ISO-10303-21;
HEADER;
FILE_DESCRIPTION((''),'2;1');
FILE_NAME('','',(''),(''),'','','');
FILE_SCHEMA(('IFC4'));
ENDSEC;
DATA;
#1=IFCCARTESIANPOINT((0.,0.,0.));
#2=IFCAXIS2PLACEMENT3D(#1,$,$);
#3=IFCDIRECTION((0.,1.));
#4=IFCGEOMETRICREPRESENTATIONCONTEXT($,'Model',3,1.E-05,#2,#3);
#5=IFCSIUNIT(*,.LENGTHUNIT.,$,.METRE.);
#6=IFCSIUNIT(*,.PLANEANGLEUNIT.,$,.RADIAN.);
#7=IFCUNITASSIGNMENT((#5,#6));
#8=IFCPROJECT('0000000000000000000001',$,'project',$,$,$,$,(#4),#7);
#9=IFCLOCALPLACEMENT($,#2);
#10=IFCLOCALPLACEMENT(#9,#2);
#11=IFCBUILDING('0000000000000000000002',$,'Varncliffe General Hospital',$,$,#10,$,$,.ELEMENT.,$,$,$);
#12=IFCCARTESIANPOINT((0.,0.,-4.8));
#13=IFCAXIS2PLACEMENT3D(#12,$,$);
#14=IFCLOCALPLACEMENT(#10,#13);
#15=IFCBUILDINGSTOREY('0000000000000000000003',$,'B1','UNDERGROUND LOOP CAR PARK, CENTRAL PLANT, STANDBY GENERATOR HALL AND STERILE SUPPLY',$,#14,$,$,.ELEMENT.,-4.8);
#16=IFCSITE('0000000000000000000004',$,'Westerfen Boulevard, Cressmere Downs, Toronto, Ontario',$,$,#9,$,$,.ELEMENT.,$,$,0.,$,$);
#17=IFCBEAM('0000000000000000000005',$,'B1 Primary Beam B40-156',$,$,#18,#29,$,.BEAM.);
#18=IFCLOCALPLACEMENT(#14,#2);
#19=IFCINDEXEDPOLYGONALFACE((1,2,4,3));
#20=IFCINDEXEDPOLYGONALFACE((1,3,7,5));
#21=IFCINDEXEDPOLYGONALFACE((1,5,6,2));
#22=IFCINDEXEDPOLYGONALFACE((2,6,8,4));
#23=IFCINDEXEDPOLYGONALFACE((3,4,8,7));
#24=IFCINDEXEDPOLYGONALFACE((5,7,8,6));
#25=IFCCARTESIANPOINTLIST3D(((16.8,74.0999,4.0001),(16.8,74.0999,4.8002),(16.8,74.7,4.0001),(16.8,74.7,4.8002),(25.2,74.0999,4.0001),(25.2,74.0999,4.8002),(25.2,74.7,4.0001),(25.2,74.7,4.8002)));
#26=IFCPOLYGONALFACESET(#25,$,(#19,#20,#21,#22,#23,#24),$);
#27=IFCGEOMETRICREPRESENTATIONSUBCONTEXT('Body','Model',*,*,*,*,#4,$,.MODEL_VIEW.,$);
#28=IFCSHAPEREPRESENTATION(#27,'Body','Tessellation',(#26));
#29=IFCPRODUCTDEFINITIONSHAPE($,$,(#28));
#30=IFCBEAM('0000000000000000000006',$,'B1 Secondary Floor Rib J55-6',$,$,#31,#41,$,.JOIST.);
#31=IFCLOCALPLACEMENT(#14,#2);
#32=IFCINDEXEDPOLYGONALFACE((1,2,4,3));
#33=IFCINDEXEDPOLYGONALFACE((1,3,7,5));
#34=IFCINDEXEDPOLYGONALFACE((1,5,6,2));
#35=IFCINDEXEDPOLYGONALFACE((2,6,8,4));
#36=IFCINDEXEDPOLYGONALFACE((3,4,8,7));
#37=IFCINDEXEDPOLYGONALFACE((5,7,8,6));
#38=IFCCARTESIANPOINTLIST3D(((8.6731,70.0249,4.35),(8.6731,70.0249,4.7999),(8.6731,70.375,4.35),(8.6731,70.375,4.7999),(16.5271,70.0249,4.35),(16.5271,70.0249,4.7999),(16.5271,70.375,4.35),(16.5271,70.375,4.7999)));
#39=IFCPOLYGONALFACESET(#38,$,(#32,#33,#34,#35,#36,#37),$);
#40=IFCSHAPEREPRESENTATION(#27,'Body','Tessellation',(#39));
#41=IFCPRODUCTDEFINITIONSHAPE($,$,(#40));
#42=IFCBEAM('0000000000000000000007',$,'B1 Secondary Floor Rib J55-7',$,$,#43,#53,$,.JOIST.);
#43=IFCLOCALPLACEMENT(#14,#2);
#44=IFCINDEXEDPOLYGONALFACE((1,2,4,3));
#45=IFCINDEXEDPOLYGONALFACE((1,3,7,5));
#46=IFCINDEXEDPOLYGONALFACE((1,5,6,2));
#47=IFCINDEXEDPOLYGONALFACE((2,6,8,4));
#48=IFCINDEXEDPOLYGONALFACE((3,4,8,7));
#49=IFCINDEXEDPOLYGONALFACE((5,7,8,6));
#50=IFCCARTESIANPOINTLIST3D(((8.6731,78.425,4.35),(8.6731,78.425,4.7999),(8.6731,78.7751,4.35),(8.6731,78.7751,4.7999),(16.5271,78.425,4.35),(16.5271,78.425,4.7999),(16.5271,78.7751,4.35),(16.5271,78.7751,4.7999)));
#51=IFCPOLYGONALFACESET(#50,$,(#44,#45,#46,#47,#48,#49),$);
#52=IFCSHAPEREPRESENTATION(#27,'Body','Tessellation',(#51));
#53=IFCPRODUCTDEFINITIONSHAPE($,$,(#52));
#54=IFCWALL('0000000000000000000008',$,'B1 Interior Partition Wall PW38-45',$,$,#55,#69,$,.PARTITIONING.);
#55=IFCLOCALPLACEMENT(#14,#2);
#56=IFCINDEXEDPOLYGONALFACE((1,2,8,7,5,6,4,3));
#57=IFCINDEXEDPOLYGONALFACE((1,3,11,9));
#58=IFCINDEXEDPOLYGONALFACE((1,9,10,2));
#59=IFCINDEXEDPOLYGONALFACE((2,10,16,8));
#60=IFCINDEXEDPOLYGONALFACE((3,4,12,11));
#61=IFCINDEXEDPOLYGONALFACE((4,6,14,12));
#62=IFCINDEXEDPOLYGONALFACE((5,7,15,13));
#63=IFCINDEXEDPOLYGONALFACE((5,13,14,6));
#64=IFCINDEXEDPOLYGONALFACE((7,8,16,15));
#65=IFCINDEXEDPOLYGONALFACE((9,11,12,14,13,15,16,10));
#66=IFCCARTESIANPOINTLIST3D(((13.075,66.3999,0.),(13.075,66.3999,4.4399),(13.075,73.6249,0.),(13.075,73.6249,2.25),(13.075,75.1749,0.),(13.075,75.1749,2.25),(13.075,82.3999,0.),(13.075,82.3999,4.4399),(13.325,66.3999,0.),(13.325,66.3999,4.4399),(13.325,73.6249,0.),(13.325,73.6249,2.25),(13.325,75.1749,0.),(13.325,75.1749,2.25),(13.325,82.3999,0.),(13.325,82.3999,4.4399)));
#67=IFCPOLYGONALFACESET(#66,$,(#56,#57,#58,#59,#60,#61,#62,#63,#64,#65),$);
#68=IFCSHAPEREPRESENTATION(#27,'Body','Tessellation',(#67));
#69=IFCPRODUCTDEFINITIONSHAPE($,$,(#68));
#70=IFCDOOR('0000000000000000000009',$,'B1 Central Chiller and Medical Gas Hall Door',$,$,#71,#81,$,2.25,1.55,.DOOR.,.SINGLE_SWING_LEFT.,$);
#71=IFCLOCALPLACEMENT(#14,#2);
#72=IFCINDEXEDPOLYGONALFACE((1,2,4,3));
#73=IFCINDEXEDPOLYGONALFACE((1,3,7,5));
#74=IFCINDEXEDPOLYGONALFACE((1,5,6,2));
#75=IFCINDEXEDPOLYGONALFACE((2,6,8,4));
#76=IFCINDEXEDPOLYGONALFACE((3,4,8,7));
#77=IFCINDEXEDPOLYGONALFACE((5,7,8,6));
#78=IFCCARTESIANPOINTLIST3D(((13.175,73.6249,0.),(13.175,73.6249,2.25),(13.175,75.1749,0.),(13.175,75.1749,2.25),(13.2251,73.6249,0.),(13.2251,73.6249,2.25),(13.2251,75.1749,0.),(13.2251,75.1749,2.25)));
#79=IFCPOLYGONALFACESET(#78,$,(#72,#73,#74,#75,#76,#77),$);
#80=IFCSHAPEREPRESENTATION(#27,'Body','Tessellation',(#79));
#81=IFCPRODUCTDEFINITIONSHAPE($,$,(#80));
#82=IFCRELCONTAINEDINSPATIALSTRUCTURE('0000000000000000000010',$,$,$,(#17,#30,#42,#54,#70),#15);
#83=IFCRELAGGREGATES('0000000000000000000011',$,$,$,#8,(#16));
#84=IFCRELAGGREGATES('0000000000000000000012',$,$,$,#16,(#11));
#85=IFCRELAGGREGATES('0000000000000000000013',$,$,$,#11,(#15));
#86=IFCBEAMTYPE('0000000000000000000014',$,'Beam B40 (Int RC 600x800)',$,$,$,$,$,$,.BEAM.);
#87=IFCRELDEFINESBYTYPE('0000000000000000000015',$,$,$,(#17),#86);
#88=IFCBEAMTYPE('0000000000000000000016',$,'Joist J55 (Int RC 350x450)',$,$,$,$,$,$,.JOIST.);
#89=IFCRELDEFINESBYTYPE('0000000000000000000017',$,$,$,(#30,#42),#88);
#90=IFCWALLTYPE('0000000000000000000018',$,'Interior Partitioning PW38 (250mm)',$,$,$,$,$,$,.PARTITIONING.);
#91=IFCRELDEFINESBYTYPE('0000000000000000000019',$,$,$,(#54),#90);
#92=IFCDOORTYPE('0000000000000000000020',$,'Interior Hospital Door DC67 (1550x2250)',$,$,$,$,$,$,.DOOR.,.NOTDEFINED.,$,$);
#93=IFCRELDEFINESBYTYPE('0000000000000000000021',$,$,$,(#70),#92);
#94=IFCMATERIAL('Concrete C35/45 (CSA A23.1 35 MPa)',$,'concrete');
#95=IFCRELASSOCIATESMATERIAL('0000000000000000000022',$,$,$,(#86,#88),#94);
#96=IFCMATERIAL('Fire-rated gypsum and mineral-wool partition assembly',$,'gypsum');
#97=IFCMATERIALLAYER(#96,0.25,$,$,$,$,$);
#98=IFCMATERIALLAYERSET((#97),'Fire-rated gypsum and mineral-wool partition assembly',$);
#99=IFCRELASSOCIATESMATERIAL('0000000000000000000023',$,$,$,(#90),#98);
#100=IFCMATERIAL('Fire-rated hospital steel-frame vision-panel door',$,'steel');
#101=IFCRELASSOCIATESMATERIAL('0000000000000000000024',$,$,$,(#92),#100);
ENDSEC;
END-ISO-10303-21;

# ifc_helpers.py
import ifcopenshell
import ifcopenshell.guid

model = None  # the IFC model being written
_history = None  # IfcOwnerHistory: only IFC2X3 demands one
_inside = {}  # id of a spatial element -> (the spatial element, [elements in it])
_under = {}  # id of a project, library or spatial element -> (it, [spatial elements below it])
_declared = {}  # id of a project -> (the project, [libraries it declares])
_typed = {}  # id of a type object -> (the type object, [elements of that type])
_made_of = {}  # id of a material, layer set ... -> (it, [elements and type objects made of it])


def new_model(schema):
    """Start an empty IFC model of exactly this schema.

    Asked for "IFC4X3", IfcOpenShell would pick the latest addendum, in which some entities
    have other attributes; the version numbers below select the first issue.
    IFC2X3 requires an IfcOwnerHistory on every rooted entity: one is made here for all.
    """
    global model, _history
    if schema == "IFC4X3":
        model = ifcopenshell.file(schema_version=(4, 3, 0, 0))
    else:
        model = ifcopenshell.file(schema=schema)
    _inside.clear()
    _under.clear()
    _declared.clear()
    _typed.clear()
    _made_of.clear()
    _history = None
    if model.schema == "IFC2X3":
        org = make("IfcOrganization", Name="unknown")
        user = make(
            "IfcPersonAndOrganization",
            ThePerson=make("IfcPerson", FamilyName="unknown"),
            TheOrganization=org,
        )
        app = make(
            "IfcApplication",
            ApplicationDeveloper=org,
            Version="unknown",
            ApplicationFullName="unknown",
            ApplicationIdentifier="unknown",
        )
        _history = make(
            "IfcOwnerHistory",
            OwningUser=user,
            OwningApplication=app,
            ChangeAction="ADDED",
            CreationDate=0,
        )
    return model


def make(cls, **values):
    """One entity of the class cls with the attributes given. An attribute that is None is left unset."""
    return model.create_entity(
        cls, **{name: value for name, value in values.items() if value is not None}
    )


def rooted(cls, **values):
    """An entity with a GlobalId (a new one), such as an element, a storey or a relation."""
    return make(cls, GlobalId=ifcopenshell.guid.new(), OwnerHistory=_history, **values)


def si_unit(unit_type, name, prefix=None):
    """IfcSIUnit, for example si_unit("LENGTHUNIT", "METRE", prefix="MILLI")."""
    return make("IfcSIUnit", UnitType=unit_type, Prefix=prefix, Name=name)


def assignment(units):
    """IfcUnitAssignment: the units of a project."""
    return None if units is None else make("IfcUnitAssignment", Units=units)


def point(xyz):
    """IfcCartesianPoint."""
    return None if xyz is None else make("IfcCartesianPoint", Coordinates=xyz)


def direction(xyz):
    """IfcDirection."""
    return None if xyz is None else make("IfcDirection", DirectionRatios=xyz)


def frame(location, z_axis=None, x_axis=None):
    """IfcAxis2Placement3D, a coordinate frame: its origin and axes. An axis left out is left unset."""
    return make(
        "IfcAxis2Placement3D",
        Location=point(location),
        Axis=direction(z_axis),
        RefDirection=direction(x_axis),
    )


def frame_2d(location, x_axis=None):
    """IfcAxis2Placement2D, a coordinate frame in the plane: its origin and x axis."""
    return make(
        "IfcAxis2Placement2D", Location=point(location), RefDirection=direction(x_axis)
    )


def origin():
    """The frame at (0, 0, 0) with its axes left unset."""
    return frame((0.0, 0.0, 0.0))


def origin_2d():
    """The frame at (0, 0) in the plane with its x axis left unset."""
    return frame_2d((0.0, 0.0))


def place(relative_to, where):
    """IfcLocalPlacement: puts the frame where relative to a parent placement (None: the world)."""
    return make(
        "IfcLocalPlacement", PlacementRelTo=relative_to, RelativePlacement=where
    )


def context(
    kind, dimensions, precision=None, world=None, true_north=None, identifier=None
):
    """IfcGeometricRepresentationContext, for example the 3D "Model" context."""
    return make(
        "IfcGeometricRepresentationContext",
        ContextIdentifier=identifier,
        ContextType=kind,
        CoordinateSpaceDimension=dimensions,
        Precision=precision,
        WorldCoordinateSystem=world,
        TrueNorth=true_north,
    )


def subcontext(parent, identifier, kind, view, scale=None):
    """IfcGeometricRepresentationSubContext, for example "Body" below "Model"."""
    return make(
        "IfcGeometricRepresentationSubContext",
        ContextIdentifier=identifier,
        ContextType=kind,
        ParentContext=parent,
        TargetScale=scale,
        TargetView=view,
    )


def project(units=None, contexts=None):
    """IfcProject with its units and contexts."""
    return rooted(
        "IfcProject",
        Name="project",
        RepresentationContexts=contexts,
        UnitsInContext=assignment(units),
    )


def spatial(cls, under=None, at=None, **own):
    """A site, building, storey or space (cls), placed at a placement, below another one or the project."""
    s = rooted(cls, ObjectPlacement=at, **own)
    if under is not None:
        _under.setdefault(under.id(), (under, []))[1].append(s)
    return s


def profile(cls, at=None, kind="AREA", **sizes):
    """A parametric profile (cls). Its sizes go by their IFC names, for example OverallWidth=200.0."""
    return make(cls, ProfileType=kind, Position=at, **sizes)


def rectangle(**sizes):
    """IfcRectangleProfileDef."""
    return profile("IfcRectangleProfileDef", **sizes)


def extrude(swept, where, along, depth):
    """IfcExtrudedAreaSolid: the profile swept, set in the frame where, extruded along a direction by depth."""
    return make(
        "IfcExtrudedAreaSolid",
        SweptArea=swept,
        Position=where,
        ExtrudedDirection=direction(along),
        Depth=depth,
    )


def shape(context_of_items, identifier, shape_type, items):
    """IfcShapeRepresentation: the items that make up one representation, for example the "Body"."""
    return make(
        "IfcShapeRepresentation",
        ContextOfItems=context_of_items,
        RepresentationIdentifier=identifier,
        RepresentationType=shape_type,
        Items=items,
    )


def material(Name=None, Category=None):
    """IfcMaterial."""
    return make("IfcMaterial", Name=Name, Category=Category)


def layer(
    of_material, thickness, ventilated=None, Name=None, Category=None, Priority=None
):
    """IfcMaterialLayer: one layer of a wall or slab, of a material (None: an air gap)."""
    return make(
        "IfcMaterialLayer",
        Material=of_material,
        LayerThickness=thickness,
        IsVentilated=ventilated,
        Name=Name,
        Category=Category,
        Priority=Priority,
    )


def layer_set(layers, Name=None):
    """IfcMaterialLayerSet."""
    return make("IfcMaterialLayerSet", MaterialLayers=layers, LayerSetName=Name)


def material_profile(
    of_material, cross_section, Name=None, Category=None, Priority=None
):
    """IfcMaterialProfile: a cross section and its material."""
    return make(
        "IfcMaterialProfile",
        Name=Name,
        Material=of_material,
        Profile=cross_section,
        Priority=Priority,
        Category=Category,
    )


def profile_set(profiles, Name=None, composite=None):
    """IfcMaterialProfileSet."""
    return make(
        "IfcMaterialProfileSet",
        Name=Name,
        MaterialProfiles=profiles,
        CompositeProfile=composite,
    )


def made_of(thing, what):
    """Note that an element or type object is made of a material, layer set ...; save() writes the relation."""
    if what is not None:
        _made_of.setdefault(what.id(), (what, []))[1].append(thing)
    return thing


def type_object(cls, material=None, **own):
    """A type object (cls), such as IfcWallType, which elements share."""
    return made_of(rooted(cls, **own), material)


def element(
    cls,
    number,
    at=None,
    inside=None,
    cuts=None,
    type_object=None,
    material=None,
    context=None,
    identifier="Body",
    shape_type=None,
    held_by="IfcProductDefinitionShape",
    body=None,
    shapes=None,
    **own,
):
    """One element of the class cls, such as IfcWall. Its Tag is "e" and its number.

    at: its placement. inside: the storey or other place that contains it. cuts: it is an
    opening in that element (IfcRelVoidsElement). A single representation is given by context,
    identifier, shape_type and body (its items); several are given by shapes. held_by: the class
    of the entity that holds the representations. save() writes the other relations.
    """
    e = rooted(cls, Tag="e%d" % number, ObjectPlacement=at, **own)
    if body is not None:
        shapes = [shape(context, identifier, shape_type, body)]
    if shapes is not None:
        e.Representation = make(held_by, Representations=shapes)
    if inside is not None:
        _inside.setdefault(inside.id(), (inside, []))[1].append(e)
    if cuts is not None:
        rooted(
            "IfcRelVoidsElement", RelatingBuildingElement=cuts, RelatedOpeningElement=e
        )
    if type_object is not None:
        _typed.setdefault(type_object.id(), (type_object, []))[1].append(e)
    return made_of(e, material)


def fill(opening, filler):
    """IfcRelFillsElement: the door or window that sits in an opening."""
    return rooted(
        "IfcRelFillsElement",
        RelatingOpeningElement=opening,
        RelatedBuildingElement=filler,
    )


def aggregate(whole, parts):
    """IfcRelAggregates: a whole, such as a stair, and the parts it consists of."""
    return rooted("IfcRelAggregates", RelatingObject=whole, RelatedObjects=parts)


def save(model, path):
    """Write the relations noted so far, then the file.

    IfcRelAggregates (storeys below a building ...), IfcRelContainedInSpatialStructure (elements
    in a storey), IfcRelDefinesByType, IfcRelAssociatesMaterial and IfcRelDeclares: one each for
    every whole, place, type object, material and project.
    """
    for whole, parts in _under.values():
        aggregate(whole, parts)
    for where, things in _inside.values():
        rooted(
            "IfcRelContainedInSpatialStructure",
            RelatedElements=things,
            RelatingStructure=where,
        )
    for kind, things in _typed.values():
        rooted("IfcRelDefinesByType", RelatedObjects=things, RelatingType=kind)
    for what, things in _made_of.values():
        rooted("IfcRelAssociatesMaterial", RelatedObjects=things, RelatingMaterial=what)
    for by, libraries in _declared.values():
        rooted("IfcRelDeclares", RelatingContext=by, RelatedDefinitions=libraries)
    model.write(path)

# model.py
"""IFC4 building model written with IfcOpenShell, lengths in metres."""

from ifc_helpers import new_model, si_unit, direction, frame, frame_2d, origin, origin_2d, place, context, subcontext, project, spatial, rectangle, extrude, material, layer, layer_set, material_profile, profile_set, type_object, element, fill, save


model = new_model("IFC4")

# Units and contexts
model_context = context("Model", 3, precision=1e-05, world=origin(), true_north=direction((0.0, 1.0)))
body_context = subcontext(model_context, "Body", "Model", "MODEL_VIEW")
ifc_project = project(units=[si_unit("LENGTHUNIT", "METRE"), si_unit("PLANEANGLEUNIT", "RADIAN")], contexts=[model_context])

# Site, building, storey
site_placement = place(None, origin())
site = spatial("IfcSite", under=ifc_project, at=site_placement, Name="Westerfen Boulevard, Cressmere Downs, Toronto, Ontario", CompositionType="ELEMENT", RefElevation=0.0)
building_placement = place(site_placement, origin())
building = spatial("IfcBuilding", under=site, at=building_placement, Name="Varncliffe General Hospital", CompositionType="ELEMENT")
storey_placement = place(building_placement, frame((0.0, 0.0, -4.8)))
storey = spatial("IfcBuildingStorey", under=building, at=storey_placement, Name="B1", Description="UNDERGROUND LOOP CAR PARK, CENTRAL PLANT, STANDBY GENERATOR HALL AND STERILE SUPPLY", CompositionType="ELEMENT", Elevation=-4.8)

# Beams
ifc_material_1 = material(Name="Concrete C35/45 (CSA A23.1 35 MPa)", Category="concrete")
ifc_material_profile_1 = material_profile(ifc_material_1, rectangle(XDim=0.6001, YDim=0.8, at=origin_2d()), Name="RC 600x800")
ifc_profile_set_1 = profile_set([ifc_material_profile_1], Name="Concrete C35/45 (CSA A23.1 35 MPa)")
beam_type_1 = type_object("IfcBeamType", Name="Beam B40 (Int RC 600x800)", PredefinedType="BEAM", material=ifc_profile_set_1)
beam_1_placement = place(storey_placement, frame((16.8, 74.3999, 4.4001), z_axis=(1.0, 0.0, 0.0), x_axis=(0.0, 1.0, 0.0)))
element("IfcBeam", 1, at=beam_1_placement, inside=storey, type_object=beam_type_1, Name="B1 Primary Beam B40-156", PredefinedType="BEAM", context=body_context, shape_type="SweptSolid", body=[
    extrude(rectangle(XDim=0.6001, YDim=0.8, at=origin_2d()), origin(), (0.0, 0.0, 1.0), 8.3999),
])
ifc_material_profile_2 = material_profile(ifc_material_1, rectangle(XDim=0.3501, YDim=0.45, at=origin_2d()), Name="RC 350x450")
ifc_profile_set_2 = profile_set([ifc_material_profile_2], Name="Concrete C35/45 (CSA A23.1 35 MPa)")
beam_type_2 = type_object("IfcBeamType", Name="Joist J55 (Int RC 350x450)", PredefinedType="JOIST", material=ifc_profile_set_2)
for number, where, z_axis, x_axis, name in (
    (2, (8.6731, 70.2, 4.575), (1.0, 0.0, 0.0), (0.0, 1.0, 0.0), "B1 Secondary Floor Rib J55-6"),
    (3, (8.6731, 78.6001, 4.575), (1.0, 0.0, 0.0), (0.0, 1.0, 0.0), "B1 Secondary Floor Rib J55-7"),
):
    element("IfcBeam", number, at=place(storey_placement, frame(where, z_axis=z_axis, x_axis=x_axis)), inside=storey, type_object=beam_type_2, Name=name, PredefinedType="JOIST", context=body_context, shape_type="SweptSolid", body=[
        extrude(rectangle(XDim=0.3501, YDim=0.45, at=origin_2d()), origin(), (0.0, 0.0, 1.0), 7.854),
    ])

# Wall, opening, door
ifc_material_2 = material(Name="Fire-rated gypsum and mineral-wool partition assembly", Category="gypsum")
ifc_layer = layer(ifc_material_2, 0.25)
ifc_layer_set = layer_set([ifc_layer], Name="Fire-rated gypsum and mineral-wool partition assembly")
wall_type = type_object("IfcWallType", Name="Interior Partitioning PW38 (250mm)", PredefinedType="PARTITIONING", material=ifc_layer_set)
wall_placement = place(storey_placement, frame((13.2, 66.3999, 0.0), z_axis=(0.0, 0.0, 1.0), x_axis=(0.0, 1.0, 0.0)))
wall = element("IfcWall", 4, at=wall_placement, inside=storey, type_object=wall_type, Name="B1 Interior Partition Wall PW38-45", PredefinedType="PARTITIONING", context=body_context, shape_type="SweptSolid", body=[
    extrude(rectangle(XDim=16.0, YDim=0.25, at=frame_2d((8.0, 0.0))), origin(), (0.0, 0.0, 1.0), 4.4399),
])
opening_placement = place(wall_placement, frame((7.2251, 0.0, 0.0)))
opening = element("IfcOpeningElement", 5, at=opening_placement, cuts=wall, PredefinedType="OPENING", context=body_context, shape_type="SweptSolid", body=[
    extrude(rectangle(XDim=1.55, YDim=2.25, at=frame_2d((0.7749, 1.125))), frame((0.0, 0.135, 0.0), z_axis=(0.0, -1.0, 0.0), x_axis=(1.0, 0.0, 0.0)), (0.0, 0.0, 1.0), 0.27),
])
ifc_material_3 = material(Name="Fire-rated hospital steel-frame vision-panel door", Category="steel")
door_type = type_object("IfcDoorType", Name="Interior Hospital Door DC67 (1550x2250)", OperationType="NOTDEFINED", PredefinedType="DOOR", material=ifc_material_3)
door_placement = place(opening_placement, origin())
door = element("IfcDoor", 6, at=door_placement, inside=storey, type_object=door_type, Name="B1 Central Chiller and Medical Gas Hall Door", OperationType="SINGLE_SWING_LEFT", OverallHeight=2.25, OverallWidth=1.55, PredefinedType="DOOR", context=body_context, shape_type="SweptSolid", body=[
    extrude(rectangle(XDim=1.55, YDim=2.25, at=frame_2d((0.7749, 1.125))), frame((0.0, 0.0249, 0.0), z_axis=(0.0, -1.0, 0.0), x_axis=(1.0, 0.0, 0.0)), (0.0, 0.0, 1.0), 0.05),
])
fill(opening, door)

save(model, "model.ifc")
